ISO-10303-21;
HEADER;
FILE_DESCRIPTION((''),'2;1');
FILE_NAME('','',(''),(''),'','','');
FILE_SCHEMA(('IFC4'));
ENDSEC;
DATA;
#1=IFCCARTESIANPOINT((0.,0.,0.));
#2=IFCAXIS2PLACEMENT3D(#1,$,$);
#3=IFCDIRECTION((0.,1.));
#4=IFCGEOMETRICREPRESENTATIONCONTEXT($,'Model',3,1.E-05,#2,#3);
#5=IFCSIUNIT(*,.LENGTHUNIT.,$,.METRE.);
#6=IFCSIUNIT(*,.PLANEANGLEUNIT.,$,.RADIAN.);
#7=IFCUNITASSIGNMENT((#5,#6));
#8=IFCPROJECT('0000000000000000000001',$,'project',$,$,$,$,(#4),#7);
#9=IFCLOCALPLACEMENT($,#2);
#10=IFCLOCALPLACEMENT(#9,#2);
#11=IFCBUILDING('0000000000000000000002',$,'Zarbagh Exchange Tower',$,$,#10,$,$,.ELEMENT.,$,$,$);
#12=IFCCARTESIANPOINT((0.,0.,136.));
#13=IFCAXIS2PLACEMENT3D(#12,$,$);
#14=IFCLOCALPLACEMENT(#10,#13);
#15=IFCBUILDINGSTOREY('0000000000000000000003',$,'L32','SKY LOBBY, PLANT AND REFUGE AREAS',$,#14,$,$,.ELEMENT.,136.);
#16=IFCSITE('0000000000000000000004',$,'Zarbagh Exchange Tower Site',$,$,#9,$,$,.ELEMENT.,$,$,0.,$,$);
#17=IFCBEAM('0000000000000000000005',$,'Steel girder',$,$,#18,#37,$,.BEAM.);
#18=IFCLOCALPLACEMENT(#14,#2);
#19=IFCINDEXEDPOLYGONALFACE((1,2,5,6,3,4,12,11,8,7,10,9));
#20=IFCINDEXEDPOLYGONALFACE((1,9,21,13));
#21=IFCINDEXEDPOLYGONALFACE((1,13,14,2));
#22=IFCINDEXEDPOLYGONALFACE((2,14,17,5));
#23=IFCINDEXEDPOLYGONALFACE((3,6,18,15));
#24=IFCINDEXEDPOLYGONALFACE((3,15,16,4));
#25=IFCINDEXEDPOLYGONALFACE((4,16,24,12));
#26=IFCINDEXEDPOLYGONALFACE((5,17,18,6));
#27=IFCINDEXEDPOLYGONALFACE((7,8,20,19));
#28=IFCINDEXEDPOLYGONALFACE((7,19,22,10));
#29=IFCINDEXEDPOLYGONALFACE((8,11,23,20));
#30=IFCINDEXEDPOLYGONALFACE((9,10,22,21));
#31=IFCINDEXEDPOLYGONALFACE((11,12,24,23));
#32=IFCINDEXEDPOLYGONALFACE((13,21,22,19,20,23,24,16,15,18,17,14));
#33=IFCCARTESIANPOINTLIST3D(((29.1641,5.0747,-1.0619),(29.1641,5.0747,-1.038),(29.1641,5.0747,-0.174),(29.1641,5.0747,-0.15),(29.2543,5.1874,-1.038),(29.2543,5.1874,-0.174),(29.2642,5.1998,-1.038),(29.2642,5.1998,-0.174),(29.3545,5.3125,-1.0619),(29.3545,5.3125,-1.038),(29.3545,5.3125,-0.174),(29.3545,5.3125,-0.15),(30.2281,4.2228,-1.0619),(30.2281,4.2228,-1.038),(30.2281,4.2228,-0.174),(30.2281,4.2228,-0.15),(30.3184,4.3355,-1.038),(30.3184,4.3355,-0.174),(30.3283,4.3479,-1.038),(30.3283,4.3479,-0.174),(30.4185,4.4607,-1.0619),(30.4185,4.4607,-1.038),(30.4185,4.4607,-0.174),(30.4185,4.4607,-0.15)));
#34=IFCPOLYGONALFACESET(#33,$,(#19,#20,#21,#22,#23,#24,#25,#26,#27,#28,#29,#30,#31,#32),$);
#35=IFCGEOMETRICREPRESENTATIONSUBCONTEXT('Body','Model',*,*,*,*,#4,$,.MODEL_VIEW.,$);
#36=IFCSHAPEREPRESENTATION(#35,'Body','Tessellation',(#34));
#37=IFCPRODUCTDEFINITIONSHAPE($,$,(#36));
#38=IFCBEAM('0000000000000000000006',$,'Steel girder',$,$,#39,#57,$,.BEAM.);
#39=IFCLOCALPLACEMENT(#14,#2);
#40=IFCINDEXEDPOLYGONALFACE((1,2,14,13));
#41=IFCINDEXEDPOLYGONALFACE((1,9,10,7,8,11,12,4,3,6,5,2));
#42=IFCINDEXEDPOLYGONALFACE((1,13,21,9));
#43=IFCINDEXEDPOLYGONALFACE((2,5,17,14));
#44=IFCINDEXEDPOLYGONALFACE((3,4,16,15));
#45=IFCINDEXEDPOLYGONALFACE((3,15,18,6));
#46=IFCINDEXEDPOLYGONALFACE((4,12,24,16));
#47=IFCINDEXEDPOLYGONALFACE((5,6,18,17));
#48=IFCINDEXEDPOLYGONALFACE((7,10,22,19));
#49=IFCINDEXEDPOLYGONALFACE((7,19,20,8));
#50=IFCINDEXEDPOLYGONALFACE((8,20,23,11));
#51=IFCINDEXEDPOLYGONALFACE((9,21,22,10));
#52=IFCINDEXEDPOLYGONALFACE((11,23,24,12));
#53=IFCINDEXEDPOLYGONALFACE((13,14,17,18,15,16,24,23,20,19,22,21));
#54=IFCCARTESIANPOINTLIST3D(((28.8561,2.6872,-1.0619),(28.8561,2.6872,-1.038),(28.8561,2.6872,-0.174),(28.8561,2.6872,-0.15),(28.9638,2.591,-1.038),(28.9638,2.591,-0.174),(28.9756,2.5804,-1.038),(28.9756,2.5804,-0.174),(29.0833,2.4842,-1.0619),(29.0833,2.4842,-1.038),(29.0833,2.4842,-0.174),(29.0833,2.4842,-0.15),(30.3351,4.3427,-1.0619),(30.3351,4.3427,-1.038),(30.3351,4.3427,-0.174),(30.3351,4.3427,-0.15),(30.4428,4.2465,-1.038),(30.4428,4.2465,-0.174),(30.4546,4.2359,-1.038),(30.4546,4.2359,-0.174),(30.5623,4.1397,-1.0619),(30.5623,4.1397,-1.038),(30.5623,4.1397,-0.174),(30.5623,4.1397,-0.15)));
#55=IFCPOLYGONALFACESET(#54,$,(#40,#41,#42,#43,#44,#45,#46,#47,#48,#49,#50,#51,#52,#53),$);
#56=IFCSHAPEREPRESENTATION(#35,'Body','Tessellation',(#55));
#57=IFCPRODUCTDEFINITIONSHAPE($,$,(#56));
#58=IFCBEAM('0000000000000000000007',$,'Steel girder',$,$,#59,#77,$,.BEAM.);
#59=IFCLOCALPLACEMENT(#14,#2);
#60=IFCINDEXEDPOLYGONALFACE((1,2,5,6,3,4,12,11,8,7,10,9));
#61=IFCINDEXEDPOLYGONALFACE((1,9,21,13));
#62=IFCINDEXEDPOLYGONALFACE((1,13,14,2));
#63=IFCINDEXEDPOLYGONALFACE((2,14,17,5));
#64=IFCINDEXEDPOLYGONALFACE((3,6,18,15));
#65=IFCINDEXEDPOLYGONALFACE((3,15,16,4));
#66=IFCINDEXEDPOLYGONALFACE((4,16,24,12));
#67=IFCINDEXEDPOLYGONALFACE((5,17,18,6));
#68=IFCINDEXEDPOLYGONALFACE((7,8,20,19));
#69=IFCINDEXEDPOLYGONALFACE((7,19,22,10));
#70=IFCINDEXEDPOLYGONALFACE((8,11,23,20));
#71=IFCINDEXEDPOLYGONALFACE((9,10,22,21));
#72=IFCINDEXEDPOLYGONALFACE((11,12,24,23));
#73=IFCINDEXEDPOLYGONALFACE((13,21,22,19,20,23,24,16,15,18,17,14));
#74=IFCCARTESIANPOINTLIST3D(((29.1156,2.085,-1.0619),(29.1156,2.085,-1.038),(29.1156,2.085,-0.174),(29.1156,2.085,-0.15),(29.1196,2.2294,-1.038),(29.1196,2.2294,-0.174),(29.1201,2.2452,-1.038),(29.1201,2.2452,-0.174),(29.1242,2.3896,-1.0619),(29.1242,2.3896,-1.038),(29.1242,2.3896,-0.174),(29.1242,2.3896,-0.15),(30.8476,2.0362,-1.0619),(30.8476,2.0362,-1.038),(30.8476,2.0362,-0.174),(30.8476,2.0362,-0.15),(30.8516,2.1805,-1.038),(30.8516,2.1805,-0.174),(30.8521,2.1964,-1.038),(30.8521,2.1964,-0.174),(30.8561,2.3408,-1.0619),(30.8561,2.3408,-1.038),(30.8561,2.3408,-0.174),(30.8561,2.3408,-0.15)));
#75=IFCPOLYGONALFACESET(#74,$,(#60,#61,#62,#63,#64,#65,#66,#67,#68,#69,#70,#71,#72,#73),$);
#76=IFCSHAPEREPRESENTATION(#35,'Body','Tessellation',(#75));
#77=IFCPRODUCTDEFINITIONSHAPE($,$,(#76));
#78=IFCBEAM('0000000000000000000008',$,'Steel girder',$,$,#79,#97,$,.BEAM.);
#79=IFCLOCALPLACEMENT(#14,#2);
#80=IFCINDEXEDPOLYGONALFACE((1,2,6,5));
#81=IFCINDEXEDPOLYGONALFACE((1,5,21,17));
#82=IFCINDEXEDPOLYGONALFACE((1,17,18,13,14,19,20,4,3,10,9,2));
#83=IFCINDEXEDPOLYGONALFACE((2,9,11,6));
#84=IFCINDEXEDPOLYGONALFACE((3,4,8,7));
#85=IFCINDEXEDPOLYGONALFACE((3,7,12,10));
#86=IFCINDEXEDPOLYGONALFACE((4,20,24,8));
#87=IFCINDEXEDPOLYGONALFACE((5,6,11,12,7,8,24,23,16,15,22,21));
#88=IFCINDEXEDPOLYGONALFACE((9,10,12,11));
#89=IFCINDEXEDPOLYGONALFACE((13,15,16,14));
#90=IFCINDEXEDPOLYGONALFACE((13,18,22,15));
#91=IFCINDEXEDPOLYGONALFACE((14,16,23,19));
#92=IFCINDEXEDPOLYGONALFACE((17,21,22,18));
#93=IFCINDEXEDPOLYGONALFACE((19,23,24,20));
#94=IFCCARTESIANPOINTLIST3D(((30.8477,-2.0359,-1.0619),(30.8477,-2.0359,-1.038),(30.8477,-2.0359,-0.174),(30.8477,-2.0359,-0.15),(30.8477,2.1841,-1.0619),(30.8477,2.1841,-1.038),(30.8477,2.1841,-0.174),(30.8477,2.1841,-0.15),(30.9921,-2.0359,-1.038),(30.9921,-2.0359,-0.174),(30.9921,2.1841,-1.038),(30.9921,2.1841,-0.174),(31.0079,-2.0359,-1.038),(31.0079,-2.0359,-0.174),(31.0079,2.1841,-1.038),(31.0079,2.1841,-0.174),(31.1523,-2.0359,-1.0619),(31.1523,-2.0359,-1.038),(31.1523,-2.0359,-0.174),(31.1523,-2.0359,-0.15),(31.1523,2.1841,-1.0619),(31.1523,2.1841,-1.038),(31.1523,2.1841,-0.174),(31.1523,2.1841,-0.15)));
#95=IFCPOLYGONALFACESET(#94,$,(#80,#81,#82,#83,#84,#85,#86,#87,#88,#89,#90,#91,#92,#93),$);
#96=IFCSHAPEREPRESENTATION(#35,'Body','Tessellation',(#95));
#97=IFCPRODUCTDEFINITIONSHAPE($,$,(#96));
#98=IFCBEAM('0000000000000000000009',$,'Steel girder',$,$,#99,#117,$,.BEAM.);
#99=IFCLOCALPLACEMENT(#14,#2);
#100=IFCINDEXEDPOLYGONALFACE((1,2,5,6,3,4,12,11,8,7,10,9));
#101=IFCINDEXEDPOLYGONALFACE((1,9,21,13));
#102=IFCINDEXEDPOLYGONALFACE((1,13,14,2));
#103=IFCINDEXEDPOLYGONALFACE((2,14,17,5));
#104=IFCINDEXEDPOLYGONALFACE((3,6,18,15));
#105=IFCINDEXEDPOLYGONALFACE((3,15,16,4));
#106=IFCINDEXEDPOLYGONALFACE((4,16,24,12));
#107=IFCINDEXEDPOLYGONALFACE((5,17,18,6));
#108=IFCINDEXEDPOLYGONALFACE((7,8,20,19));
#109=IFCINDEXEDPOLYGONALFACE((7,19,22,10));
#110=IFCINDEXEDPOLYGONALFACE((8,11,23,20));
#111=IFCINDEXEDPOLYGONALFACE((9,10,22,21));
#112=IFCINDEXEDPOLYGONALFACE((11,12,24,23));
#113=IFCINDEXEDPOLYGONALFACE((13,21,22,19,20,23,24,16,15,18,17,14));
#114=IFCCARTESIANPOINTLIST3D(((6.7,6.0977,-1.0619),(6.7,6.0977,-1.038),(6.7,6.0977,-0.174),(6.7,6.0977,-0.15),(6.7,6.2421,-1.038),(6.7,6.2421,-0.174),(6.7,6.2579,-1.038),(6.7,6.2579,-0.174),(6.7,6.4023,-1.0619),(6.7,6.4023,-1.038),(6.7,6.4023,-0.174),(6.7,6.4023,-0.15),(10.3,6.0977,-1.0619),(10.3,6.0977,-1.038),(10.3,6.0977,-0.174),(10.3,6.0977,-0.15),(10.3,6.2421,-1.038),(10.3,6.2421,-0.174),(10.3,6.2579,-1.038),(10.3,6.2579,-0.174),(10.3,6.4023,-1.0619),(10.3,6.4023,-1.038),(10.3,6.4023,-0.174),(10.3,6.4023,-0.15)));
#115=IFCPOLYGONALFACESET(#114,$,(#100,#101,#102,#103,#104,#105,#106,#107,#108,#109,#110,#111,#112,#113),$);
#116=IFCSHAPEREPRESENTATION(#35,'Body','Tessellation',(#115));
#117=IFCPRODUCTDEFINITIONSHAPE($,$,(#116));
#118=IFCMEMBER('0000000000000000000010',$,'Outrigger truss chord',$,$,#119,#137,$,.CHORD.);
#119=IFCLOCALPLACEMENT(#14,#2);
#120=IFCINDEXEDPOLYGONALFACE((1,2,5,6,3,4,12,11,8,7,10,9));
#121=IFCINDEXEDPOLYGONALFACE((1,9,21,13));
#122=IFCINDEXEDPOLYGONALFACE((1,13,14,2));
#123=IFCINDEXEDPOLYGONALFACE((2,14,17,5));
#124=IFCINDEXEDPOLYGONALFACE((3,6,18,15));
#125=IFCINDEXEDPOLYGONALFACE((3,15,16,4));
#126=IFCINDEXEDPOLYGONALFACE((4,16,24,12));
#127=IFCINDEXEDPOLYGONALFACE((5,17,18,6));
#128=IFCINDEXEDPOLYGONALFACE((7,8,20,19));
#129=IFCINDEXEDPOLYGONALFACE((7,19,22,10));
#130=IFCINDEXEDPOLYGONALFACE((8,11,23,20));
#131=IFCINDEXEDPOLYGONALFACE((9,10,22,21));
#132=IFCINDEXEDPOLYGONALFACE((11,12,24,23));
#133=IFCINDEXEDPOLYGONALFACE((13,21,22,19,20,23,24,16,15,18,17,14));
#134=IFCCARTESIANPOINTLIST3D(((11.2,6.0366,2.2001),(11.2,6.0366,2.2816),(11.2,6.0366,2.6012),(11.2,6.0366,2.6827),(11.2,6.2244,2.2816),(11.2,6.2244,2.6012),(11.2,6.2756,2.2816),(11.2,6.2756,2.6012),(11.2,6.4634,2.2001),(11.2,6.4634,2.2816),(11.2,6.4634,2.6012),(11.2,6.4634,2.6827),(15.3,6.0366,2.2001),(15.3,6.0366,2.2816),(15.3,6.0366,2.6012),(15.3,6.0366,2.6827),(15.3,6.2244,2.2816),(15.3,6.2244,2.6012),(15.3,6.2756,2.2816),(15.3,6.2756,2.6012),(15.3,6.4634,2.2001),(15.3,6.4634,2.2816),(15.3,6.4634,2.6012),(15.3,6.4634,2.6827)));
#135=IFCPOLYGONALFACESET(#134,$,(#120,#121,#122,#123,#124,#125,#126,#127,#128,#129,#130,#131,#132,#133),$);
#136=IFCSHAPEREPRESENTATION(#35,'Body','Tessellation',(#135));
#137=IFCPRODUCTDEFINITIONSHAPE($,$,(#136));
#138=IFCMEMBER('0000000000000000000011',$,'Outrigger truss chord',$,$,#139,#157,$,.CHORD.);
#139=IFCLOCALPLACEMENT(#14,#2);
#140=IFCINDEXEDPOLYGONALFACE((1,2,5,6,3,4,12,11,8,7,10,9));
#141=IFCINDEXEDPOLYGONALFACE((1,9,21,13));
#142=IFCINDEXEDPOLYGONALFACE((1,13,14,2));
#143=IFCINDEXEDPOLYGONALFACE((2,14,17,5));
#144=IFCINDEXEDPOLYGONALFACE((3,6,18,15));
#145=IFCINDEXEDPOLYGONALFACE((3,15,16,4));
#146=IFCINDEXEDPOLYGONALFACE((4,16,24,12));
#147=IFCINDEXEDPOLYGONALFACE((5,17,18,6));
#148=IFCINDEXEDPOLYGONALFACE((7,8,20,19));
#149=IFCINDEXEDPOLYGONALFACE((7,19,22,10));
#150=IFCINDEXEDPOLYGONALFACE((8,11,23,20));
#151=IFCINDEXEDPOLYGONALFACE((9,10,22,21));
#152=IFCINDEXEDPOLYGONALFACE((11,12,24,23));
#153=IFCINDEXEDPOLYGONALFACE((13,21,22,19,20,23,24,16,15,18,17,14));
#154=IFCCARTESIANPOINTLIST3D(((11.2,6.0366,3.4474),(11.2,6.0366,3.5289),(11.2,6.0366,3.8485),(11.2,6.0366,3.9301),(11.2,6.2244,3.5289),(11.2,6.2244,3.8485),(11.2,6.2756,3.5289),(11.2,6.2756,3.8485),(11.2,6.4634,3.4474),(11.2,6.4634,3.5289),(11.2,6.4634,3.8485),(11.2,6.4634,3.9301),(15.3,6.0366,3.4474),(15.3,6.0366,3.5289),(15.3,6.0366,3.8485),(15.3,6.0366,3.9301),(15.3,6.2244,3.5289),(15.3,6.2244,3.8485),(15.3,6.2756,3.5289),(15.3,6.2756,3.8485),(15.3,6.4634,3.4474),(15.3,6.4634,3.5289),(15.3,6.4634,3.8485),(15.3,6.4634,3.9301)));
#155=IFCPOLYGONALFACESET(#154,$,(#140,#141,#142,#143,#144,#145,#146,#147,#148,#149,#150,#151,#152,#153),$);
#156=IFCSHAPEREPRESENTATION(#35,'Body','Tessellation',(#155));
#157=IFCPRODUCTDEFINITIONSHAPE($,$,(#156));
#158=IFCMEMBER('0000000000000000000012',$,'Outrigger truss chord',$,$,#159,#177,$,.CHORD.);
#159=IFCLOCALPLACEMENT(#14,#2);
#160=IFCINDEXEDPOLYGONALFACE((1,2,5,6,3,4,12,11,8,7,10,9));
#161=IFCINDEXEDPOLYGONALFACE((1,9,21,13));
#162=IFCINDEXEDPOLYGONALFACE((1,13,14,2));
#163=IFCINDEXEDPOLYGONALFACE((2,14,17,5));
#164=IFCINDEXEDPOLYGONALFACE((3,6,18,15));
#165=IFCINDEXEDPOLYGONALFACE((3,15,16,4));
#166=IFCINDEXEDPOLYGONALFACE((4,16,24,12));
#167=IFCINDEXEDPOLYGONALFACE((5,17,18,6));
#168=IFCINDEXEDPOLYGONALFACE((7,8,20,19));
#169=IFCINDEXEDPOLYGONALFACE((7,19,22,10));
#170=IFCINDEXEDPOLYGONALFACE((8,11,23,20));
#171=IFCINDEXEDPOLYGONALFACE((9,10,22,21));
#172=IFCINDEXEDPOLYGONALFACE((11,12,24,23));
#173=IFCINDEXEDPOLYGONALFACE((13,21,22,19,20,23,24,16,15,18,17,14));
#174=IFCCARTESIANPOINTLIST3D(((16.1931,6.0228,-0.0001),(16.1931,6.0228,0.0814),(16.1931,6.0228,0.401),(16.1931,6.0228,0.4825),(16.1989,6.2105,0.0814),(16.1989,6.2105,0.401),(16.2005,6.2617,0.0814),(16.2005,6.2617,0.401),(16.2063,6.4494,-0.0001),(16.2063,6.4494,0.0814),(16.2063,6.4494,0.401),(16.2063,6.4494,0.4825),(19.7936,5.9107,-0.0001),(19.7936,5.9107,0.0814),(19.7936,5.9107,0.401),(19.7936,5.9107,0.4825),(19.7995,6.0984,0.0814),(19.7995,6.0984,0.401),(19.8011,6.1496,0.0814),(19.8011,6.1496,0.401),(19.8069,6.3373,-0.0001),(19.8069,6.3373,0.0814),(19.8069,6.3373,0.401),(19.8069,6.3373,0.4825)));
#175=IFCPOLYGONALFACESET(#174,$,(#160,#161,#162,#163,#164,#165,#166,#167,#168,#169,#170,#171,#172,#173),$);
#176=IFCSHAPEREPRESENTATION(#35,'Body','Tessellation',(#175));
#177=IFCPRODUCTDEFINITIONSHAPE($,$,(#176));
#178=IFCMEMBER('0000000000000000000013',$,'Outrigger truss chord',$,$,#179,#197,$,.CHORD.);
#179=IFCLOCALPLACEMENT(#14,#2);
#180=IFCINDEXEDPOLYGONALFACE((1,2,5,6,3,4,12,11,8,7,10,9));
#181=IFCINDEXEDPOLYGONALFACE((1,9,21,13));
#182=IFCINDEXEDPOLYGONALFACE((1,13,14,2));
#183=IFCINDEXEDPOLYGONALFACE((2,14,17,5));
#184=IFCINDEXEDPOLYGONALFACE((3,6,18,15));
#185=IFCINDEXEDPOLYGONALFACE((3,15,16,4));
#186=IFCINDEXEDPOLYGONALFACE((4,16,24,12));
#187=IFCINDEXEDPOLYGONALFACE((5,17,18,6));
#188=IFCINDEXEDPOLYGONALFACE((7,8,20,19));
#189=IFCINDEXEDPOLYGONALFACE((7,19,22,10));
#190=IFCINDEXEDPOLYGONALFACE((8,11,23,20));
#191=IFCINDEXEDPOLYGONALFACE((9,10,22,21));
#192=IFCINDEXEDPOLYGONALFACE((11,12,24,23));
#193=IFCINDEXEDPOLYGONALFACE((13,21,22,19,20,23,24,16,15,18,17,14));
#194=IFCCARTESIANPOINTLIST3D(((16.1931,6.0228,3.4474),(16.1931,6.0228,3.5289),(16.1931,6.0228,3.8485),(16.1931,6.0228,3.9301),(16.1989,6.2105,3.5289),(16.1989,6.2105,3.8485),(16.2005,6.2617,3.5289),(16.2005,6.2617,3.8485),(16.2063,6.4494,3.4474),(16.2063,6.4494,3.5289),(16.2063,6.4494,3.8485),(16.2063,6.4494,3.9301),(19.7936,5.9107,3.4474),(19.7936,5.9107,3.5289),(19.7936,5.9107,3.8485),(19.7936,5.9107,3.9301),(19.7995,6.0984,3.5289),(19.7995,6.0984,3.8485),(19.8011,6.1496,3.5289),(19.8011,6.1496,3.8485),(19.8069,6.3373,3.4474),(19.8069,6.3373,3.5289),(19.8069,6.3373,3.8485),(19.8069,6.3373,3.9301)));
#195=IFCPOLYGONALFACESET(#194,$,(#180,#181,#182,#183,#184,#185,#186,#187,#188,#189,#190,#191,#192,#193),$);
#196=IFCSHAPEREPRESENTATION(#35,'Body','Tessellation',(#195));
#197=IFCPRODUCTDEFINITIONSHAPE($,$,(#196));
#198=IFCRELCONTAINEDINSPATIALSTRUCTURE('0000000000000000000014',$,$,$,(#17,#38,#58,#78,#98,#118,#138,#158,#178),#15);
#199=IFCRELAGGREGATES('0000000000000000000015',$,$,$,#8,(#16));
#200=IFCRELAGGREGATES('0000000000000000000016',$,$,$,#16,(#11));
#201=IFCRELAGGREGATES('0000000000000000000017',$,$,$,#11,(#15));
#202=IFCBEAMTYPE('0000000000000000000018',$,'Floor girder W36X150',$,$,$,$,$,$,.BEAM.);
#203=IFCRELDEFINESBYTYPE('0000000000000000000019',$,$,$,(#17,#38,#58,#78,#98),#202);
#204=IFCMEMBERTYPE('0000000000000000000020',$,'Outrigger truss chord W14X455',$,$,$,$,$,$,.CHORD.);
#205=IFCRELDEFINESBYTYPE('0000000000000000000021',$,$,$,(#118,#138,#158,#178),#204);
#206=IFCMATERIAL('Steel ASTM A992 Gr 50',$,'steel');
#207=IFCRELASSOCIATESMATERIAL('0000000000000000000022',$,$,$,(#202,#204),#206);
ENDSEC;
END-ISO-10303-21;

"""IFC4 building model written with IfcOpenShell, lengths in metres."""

from ifc_helpers import new_model, si_unit, direction, frame, origin, origin_2d, place, context, subcontext, project, spatial, i_section, extrude, material, material_profile, profile_set, type_object, element, save


model = new_model("IFC4")

# Units and contexts
model_context = context("Model", 3, precision=1e-05, world=origin(), true_north=direction((0.0, 1.0)))
body_context = subcontext(model_context, "Body", "Model", "MODEL_VIEW")
ifc_project = project(units=[si_unit("LENGTHUNIT", "METRE"), si_unit("PLANEANGLEUNIT", "RADIAN")], contexts=[model_context])

# Site, building, storey
site_placement = place(None, origin())
site = spatial("IfcSite", under=ifc_project, at=site_placement, Name="Zarbagh Exchange Tower Site", CompositionType="ELEMENT", RefElevation=0.0)
building_placement = place(site_placement, origin())
building = spatial("IfcBuilding", under=site, at=building_placement, Name="Zarbagh Exchange Tower", CompositionType="ELEMENT")
storey_placement = place(building_placement, frame((0.0, 0.0, 136.0)))
storey = spatial("IfcBuildingStorey", under=building, at=storey_placement, Name="L32", Description="SKY LOBBY, PLANT AND REFUGE AREAS", CompositionType="ELEMENT", Elevation=136.0)

# Shared definitions
ifc_material_1 = material(Name="Steel ASTM A992 Gr 50", Category="steel")

# Beams
ifc_material_profile_1 = material_profile(ifc_material_1, i_section(OverallWidth=0.3047, OverallDepth=0.9119, WebThickness=0.0159, FlangeThickness=0.0239, at=origin_2d()), Name="W36X150")
ifc_profile_set_1 = profile_set([ifc_material_profile_1], Name="Steel ASTM A992 Gr 50")
beam_type_1 = type_object("IfcBeamType", Name="Floor girder W36X150", PredefinedType="BEAM", material=ifc_profile_set_1)
beam_1_placement = place(storey_placement, frame((29.2593, 5.1936, -0.606), z_axis=(0.780642, -0.624979, 0.0), x_axis=(0.624979, 0.780642, 0.0)))
element("IfcBeam", 1, at=beam_1_placement, inside=storey, type_object=beam_type_1, Name="Steel girder", PredefinedType="BEAM", context=body_context, shape_type="SweptSolid", body=[
    extrude(i_section(OverallWidth=0.3047, OverallDepth=0.9119, WebThickness=0.0159, FlangeThickness=0.0239, at=origin_2d()), origin(), (0.0, 0.0, 1.0), 1.363),
])
beam_2_placement = place(storey_placement, frame((30.4487, 4.2412, -0.606), z_axis=(-0.666232, -0.745744, 0.0), x_axis=(0.745744, -0.666232, 0.0)))
element("IfcBeam", 2, at=beam_2_placement, inside=storey, type_object=beam_type_1, Name="Steel girder", PredefinedType="BEAM", context=body_context, shape_type="SweptSolid", body=[
    extrude(i_section(OverallWidth=0.3047, OverallDepth=0.9119, WebThickness=0.0159, FlangeThickness=0.0239, at=origin_2d()), origin(), (0.0, 0.0, 1.0), 2.22),
])
beam_3_placement = place(storey_placement, frame((29.1199, 2.2373, -0.606), z_axis=(0.999603, -0.028182, 0.0), x_axis=(0.028182, 0.999603, 0.0)))
element("IfcBeam", 3, at=beam_3_placement, inside=storey, type_object=beam_type_1, Name="Steel girder", PredefinedType="BEAM", context=body_context, shape_type="SweptSolid", body=[
    extrude(i_section(OverallWidth=0.3047, OverallDepth=0.9119, WebThickness=0.0159, FlangeThickness=0.0239, at=origin_2d()), origin(), (0.0, 0.0, 1.0), 1.7327),
])
beam_4_placement = place(storey_placement, frame((31.0, 2.1841, -0.606), z_axis=(0.0, -1.0, 0.0), x_axis=(1.0, 0.0, 0.0)))
element("IfcBeam", 4, at=beam_4_placement, inside=storey, type_object=beam_type_1, Name="Steel girder", PredefinedType="BEAM", context=body_context, shape_type="SweptSolid", body=[
    extrude(i_section(OverallWidth=0.3047, OverallDepth=0.9119, WebThickness=0.0159, FlangeThickness=0.0239, at=origin_2d()), origin(), (0.0, 0.0, 1.0), 4.22),
])
beam_5_placement = place(storey_placement, frame((6.7, 6.25, -0.606), z_axis=(1.0, 0.0, 0.0), x_axis=(0.0, 1.0, 0.0)))
element("IfcBeam", 5, at=beam_5_placement, inside=storey, type_object=beam_type_1, Name="Steel girder", PredefinedType="BEAM", context=body_context, shape_type="SweptSolid", body=[
    extrude(i_section(OverallWidth=0.3047, OverallDepth=0.9119, WebThickness=0.0159, FlangeThickness=0.0239, at=origin_2d()), origin(), (0.0, 0.0, 1.0), 3.6001),
])

# Members
ifc_material_profile_2 = material_profile(ifc_material_1, i_section(OverallWidth=0.4268, OverallDepth=0.4827, WebThickness=0.0513, FlangeThickness=0.0815, at=origin_2d()), Name="W14X455")
ifc_profile_set_2 = profile_set([ifc_material_profile_2], Name="Steel ASTM A992 Gr 50")
member_type_1 = type_object("IfcMemberType", Name="Outrigger truss chord W14X455", PredefinedType="CHORD", material=ifc_profile_set_2)
for number, where, z_axis, x_axis, name in (
    (6, (11.2, 6.25, 2.4414), (1.0, 0.0, 0.0), (0.0, 1.0, 0.0), "Outrigger truss chord"),
    (7, (11.2, 6.25, 3.6887), (1.0, 0.0, 0.0), (0.0, 1.0, 0.0), "Outrigger truss chord"),
):
    element("IfcMember", number, at=place(storey_placement, frame(where, z_axis=z_axis, x_axis=x_axis)), inside=storey, type_object=member_type_1, Name=name, PredefinedType="CHORD", context=body_context, shape_type="SweptSolid", body=[
        extrude(i_section(OverallWidth=0.4268, OverallDepth=0.4827, WebThickness=0.0513, FlangeThickness=0.0815, at=origin_2d()), origin(), (0.0, 0.0, 1.0), 4.1001),
    ])
for number, where, z_axis, x_axis, name in (
    (8, (16.1997, 6.2361, 0.2412), (0.999516, -0.031108, 0.0), (0.031108, 0.999516, 0.0), "Outrigger truss chord"),
    (9, (16.1997, 6.2361, 3.6887), (0.999516, -0.031108, 0.0), (0.031108, 0.999516, 0.0), "Outrigger truss chord"),
):
    element("IfcMember", number, at=place(storey_placement, frame(where, z_axis=z_axis, x_axis=x_axis)), inside=storey, type_object=member_type_1, Name=name, PredefinedType="CHORD", context=body_context, shape_type="SweptSolid", body=[
        extrude(i_section(OverallWidth=0.4268, OverallDepth=0.4827, WebThickness=0.0513, FlangeThickness=0.0815, at=origin_2d()), origin(), (0.0, 0.0, 1.0), 3.6023),
    ])

save(model, "model.ifc")
